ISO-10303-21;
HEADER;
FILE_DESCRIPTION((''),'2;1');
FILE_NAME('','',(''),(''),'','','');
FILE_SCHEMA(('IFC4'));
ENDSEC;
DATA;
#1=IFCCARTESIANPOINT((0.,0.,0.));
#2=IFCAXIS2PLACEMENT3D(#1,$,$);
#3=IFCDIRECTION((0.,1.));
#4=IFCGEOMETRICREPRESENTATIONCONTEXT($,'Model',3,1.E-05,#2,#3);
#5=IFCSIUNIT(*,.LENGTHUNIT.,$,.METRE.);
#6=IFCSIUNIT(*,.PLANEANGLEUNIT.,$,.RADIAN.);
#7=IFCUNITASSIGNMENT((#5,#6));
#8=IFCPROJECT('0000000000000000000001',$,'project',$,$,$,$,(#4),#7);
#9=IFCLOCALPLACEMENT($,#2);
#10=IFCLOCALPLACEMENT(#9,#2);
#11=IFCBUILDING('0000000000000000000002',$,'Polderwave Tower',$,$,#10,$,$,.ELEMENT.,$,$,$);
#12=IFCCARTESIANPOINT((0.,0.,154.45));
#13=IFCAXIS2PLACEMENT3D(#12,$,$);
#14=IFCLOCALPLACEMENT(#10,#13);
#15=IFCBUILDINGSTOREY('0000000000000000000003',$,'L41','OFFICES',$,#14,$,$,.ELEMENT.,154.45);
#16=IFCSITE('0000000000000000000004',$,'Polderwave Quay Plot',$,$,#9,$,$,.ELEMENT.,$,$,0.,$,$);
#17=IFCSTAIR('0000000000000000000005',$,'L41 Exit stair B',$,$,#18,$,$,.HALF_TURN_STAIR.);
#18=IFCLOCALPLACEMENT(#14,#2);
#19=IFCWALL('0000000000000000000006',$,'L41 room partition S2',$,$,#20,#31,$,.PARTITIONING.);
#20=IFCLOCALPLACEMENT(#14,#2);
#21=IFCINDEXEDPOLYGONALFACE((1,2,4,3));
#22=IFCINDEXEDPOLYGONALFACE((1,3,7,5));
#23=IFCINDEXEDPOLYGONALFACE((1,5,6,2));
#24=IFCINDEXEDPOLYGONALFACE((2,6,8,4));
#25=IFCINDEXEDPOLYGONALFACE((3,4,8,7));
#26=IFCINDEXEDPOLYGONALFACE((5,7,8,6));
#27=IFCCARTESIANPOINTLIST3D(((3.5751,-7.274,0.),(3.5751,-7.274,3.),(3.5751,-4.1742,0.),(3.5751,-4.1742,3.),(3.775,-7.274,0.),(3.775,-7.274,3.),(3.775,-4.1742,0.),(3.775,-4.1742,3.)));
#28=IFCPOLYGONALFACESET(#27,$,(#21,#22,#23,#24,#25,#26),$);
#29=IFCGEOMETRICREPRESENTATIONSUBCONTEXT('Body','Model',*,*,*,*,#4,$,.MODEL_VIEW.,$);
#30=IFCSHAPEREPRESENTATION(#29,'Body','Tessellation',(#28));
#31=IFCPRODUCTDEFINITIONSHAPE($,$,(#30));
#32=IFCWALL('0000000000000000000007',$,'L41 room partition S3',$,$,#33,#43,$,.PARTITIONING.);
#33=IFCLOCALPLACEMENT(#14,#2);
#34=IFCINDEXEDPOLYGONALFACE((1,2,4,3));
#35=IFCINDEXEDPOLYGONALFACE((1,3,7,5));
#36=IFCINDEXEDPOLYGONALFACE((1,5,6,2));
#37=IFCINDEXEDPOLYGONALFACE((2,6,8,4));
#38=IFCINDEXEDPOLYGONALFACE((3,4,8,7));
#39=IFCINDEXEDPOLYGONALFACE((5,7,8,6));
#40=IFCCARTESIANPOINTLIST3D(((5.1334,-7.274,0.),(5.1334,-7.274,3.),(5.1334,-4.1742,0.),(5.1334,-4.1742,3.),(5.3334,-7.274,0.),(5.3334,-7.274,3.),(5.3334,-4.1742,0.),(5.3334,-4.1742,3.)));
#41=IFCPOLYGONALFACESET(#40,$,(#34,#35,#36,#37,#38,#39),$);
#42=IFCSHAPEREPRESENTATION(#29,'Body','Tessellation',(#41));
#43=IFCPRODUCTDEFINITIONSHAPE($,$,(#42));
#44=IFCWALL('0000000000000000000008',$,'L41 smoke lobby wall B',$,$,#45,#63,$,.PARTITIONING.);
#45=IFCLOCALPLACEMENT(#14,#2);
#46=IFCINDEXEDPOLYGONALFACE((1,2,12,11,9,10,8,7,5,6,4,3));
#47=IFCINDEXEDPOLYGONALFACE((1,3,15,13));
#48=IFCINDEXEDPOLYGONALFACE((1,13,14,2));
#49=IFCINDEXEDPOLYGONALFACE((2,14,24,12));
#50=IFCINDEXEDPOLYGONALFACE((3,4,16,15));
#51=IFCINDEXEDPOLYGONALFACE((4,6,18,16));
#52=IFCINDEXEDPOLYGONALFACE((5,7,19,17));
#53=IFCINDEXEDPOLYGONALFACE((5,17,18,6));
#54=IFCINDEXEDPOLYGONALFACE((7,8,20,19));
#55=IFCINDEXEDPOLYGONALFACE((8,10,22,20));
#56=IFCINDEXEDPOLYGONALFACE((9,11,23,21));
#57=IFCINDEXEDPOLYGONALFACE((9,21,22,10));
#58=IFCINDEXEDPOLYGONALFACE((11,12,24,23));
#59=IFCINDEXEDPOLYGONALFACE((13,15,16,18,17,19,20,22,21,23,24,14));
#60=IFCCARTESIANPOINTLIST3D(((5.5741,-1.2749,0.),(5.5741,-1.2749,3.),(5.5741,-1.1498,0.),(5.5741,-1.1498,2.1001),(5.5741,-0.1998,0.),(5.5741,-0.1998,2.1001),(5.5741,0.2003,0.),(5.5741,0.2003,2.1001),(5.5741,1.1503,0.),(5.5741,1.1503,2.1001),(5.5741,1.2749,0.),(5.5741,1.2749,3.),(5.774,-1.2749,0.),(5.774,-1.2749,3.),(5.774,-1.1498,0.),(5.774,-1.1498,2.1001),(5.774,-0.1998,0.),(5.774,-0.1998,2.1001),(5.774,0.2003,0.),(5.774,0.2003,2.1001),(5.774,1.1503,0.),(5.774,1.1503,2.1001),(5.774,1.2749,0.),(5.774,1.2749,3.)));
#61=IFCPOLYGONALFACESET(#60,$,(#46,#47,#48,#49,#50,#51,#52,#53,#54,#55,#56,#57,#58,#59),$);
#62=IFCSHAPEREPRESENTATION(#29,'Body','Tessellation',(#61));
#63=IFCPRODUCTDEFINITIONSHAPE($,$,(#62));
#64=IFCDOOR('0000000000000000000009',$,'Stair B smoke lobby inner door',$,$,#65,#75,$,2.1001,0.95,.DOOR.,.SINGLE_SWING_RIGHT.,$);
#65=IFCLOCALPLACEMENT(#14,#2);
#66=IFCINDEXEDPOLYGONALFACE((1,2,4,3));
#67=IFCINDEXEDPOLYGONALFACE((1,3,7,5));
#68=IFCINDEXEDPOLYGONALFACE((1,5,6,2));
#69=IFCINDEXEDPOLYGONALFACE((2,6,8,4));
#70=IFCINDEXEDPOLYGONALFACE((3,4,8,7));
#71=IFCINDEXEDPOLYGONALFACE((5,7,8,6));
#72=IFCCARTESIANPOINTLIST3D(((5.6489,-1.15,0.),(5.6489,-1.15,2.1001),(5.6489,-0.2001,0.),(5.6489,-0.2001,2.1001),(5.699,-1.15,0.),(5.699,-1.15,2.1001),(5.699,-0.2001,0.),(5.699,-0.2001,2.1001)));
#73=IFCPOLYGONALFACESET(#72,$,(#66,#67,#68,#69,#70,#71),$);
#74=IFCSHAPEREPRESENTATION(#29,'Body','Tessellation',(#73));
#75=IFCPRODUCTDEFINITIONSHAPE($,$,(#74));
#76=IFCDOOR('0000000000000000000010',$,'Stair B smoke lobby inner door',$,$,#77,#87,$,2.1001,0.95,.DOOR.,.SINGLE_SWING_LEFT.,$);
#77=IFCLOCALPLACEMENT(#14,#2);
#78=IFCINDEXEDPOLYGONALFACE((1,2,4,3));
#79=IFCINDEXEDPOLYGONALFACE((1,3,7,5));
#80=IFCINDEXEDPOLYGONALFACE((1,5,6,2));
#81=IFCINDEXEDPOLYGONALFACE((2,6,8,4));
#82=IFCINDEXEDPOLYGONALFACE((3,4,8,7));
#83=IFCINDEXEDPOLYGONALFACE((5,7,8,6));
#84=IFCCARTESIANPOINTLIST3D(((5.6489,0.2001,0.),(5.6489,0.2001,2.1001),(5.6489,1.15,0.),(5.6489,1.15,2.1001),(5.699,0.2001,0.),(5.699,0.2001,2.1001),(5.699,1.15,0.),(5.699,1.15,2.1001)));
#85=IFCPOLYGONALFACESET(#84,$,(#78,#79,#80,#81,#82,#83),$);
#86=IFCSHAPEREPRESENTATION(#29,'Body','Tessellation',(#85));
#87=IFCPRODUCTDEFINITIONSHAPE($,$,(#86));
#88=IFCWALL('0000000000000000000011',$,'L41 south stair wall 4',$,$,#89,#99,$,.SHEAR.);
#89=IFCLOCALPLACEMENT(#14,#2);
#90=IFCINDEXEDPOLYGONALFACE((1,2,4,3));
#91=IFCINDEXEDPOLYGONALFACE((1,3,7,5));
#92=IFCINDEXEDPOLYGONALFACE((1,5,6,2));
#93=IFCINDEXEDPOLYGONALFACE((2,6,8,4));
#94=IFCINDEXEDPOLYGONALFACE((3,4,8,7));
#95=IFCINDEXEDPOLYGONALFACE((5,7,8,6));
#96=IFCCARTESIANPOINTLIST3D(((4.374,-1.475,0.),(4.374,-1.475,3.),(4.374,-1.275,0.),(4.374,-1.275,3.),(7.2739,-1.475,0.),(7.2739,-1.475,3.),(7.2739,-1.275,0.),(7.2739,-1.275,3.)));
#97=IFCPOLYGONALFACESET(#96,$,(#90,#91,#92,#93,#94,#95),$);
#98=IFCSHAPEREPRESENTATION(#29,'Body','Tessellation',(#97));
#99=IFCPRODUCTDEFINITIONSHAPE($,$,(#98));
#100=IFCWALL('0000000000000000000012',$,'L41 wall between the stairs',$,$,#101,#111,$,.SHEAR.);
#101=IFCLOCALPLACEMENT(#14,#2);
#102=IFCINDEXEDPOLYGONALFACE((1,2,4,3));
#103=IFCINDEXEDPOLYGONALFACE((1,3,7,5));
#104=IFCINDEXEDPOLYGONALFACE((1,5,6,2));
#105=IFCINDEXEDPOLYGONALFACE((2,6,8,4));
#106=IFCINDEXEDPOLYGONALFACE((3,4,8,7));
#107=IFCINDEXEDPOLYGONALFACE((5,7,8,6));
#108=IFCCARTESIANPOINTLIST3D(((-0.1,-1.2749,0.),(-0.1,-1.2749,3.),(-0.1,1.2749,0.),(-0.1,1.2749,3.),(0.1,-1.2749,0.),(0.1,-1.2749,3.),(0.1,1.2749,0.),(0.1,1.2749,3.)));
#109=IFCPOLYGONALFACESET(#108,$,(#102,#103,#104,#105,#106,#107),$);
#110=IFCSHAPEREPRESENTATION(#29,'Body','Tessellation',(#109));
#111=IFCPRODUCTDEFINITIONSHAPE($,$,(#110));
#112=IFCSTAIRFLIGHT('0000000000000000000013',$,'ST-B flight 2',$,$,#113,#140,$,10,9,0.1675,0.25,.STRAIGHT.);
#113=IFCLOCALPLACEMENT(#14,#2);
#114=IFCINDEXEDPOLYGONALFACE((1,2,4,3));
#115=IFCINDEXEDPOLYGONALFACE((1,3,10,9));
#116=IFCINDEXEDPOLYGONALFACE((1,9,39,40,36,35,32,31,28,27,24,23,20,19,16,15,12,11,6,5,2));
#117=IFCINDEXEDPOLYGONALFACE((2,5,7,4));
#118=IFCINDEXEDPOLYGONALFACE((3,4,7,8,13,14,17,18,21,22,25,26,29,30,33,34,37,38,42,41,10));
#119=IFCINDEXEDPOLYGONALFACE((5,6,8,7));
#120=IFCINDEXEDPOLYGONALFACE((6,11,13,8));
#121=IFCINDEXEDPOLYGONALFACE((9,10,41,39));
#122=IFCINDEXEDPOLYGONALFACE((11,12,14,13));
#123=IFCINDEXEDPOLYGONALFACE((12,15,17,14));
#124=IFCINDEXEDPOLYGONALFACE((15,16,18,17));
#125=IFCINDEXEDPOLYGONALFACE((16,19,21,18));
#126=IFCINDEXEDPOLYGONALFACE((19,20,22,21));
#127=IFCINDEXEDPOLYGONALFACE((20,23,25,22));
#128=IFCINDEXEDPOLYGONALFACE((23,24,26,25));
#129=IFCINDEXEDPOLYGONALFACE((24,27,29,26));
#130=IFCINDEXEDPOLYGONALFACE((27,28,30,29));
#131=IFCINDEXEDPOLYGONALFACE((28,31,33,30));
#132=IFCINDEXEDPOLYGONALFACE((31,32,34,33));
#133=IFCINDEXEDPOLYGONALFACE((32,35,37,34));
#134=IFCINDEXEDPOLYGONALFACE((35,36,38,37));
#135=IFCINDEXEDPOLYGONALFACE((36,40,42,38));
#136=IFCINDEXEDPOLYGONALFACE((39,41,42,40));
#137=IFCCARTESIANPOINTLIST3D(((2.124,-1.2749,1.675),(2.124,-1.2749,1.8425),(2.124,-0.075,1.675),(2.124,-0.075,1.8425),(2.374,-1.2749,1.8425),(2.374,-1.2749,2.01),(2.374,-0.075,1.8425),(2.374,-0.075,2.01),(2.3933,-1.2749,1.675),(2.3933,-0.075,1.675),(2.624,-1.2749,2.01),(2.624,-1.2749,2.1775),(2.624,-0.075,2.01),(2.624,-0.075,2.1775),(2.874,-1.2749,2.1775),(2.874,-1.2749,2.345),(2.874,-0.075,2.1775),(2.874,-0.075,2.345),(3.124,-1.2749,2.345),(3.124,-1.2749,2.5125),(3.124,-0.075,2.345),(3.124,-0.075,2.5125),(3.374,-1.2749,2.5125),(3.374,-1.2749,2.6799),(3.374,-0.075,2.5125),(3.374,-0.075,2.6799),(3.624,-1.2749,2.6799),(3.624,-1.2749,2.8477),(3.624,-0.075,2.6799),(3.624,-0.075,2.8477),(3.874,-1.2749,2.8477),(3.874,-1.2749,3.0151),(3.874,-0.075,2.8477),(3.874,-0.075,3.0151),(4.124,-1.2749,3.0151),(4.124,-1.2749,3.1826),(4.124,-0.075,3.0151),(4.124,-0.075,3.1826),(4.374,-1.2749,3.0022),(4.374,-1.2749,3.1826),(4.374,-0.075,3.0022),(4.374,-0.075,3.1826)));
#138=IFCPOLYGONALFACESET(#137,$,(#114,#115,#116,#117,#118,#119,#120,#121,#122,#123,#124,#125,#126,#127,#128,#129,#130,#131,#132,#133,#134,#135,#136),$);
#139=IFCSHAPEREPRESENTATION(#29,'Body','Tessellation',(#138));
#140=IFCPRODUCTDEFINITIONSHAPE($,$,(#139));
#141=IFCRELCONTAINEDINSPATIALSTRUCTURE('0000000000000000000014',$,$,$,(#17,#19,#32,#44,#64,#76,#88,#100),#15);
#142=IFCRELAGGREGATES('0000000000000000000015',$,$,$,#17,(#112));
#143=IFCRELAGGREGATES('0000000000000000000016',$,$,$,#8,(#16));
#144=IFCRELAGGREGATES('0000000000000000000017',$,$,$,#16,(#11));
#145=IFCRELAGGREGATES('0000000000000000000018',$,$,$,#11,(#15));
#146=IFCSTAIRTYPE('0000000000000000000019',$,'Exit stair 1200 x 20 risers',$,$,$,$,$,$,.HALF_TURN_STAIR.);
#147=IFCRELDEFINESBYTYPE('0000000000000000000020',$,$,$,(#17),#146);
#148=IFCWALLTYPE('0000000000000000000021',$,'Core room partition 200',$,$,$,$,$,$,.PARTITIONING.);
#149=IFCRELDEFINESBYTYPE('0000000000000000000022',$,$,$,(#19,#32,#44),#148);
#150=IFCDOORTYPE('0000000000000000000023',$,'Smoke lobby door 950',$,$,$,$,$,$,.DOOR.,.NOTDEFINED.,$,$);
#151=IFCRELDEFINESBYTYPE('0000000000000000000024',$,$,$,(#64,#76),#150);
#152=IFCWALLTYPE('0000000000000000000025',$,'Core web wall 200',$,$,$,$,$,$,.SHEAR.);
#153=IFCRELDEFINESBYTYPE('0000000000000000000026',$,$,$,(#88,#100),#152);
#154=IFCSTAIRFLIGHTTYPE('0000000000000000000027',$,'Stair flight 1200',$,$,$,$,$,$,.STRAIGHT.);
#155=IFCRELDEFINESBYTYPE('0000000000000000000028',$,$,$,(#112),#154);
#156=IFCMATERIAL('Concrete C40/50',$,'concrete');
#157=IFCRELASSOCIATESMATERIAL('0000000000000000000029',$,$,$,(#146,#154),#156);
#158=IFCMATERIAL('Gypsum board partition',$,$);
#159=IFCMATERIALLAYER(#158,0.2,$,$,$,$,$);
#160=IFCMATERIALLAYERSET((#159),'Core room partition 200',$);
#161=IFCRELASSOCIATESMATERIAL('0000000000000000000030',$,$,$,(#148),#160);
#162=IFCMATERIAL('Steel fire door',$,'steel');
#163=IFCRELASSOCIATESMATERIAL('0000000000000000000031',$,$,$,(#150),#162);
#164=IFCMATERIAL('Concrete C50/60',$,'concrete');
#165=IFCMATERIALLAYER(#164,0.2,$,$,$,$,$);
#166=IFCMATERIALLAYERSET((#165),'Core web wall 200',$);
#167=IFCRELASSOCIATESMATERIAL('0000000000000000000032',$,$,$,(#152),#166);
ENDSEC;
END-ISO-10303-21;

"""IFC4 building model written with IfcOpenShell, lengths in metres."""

from ifc_helpers import new_model, si_unit, direction, frame, frame_2d, origin, place, context, subcontext, project, spatial, polyline, rectangle, outline, extrude, material, layer, layer_set, type_object, element, fill, aggregate, save


model = new_model("IFC4")

# Units and contexts
model_context = context("Model", 3, precision=1e-05, world=origin(), true_north=direction((0.0, 1.0)))
body_context = subcontext(model_context, "Body", "Model", "MODEL_VIEW")
ifc_project = project(units=[si_unit("LENGTHUNIT", "METRE"), si_unit("PLANEANGLEUNIT", "RADIAN")], contexts=[model_context])

# Site, building, storey
site_placement = place(None, origin())
site = spatial("IfcSite", under=ifc_project, at=site_placement, Name="Polderwave Quay Plot", CompositionType="ELEMENT", RefElevation=0.0)
building_placement = place(site_placement, origin())
building = spatial("IfcBuilding", under=site, at=building_placement, Name="Polderwave Tower", CompositionType="ELEMENT")
storey_placement = place(building_placement, frame((0.0, 0.0, 154.45)))
storey = spatial("IfcBuildingStorey", under=building, at=storey_placement, Name="L41", Description="OFFICES", CompositionType="ELEMENT", Elevation=154.45)

# Shared definitions
ifc_material_1 = material(Name="Concrete C40/50", Category="concrete")

# Stair
stair_type = type_object("IfcStairType", Name="Exit stair 1200 x 20 risers", PredefinedType="HALF_TURN_STAIR", material=ifc_material_1)
stair_1_placement = place(storey_placement, origin())
stair_1 = element("IfcStair", 1, at=stair_1_placement, inside=storey, type_object=stair_type, Name="L41 Exit stair B", PredefinedType="HALF_TURN_STAIR")

# Walls
ifc_material_2 = material(Name="Gypsum board partition")
ifc_layer_1 = layer(ifc_material_2, 0.2)
ifc_layer_set_1 = layer_set([ifc_layer_1], Name="Core room partition 200")
wall_type_1 = type_object("IfcWallType", Name="Core room partition 200", PredefinedType="PARTITIONING", material=ifc_layer_set_1)
for number, where, z_axis, x_axis, name in (
    (2, (3.675, -7.2739, 0.0), (0.0, 0.0, 1.0), (0.0, 1.0, 0.0), "L41 room partition S2"),
    (3, (5.2334, -7.2739, 0.0), (0.0, 0.0, 1.0), (0.0, 1.0, 0.0), "L41 room partition S3"),
):
    element("IfcWall", number, at=place(storey_placement, frame(where, z_axis=z_axis, x_axis=x_axis)), inside=storey, type_object=wall_type_1, Name=name, PredefinedType="PARTITIONING", context=body_context, shape_type="SweptSolid", body=[
        extrude(rectangle(XDim=3.0999, YDim=0.2, at=frame_2d((1.5498, 0.0))), origin(), (0.0, 0.0, 1.0), 3.0),
    ])

# Wall, openings, doors
wall_1_placement = place(storey_placement, frame((5.6741, -1.2749, 0.0), z_axis=(0.0, 0.0, 1.0), x_axis=(0.0, 1.0, 0.0)))
wall_1 = element("IfcWall", 4, at=wall_1_placement, inside=storey, type_object=wall_type_1, Name="L41 smoke lobby wall B", PredefinedType="PARTITIONING", context=body_context, shape_type="SweptSolid", body=[
    extrude(rectangle(XDim=2.5498, YDim=0.2, at=frame_2d((1.2749, 0.0))), origin(), (0.0, 0.0, 1.0), 3.0),
])
opening_1_placement = place(wall_1_placement, frame((0.125, 0.0, 0.0)))
opening_1 = element("IfcOpeningElement", 5, at=opening_1_placement, cuts=wall_1, PredefinedType="OPENING", context=body_context, shape_type="SweptSolid", body=[
    extrude(rectangle(XDim=0.95, YDim=2.1001, at=frame_2d((0.4751, 1.05))), frame((0.0, 0.1099, 0.0), z_axis=(0.0, -1.0, 0.0), x_axis=(1.0, 0.0, 0.0)), (0.0, 0.0, 1.0), 0.22),
])
opening_2_placement = place(wall_1_placement, frame((1.4751, 0.0, 0.0)))
opening_2 = element("IfcOpeningElement", 6, at=opening_2_placement, cuts=wall_1, PredefinedType="OPENING", context=body_context, shape_type="SweptSolid", body=[
    extrude(rectangle(XDim=0.95, YDim=2.1001, at=frame_2d((0.4751, 1.05))), frame((0.0, 0.1099, 0.0), z_axis=(0.0, -1.0, 0.0), x_axis=(1.0, 0.0, 0.0)), (0.0, 0.0, 1.0), 0.22),
])
ifc_material_3 = material(Name="Steel fire door", Category="steel")
door_type = type_object("IfcDoorType", Name="Smoke lobby door 950", OperationType="NOTDEFINED", PredefinedType="DOOR", material=ifc_material_3)
door_1_placement = place(opening_1_placement, frame((0.95, 0.0, 0.0), z_axis=(0.0, 0.0, 1.0), x_axis=(-1.0, 0.0, 0.0)))
door_1 = element("IfcDoor", 7, at=door_1_placement, inside=storey, type_object=door_type, Name="Stair B smoke lobby inner door", OperationType="SINGLE_SWING_RIGHT", OverallHeight=2.1001, OverallWidth=0.95, PredefinedType="DOOR", context=body_context, shape_type="SweptSolid", body=[
    extrude(rectangle(XDim=0.95, YDim=2.1001, at=frame_2d((0.4751, 1.05))), frame((0.0, 0.0249, 0.0), z_axis=(0.0, -1.0, 0.0), x_axis=(1.0, 0.0, 0.0)), (0.0, 0.0, 1.0), 0.05),
])
fill(opening_1, door_1)
door_2_placement = place(opening_2_placement, frame((0.95, 0.0, 0.0), z_axis=(0.0, 0.0, 1.0), x_axis=(-1.0, 0.0, 0.0)))
door_2 = element("IfcDoor", 8, at=door_2_placement, inside=storey, type_object=door_type, Name="Stair B smoke lobby inner door", OperationType="SINGLE_SWING_LEFT", OverallHeight=2.1001, OverallWidth=0.95, PredefinedType="DOOR", context=body_context, shape_type="SweptSolid", body=[
    extrude(rectangle(XDim=0.95, YDim=2.1001, at=frame_2d((0.4751, 1.05))), frame((0.0, 0.0249, 0.0), z_axis=(0.0, -1.0, 0.0), x_axis=(1.0, 0.0, 0.0)), (0.0, 0.0, 1.0), 0.05),
])
fill(opening_2, door_2)

# Walls
ifc_material_4 = material(Name="Concrete C50/60", Category="concrete")
ifc_layer_2 = layer(ifc_material_4, 0.2)
ifc_layer_set_2 = layer_set([ifc_layer_2], Name="Core web wall 200")
wall_type_2 = type_object("IfcWallType", Name="Core web wall 200", PredefinedType="SHEAR", material=ifc_layer_set_2)
wall_2_placement = place(storey_placement, frame((4.374, -1.375, 0.0), z_axis=(0.0, 0.0, 1.0), x_axis=(1.0, 0.0, 0.0)))
element("IfcWall", 9, at=wall_2_placement, inside=storey, type_object=wall_type_2, Name="L41 south stair wall 4", PredefinedType="SHEAR", context=body_context, shape_type="SweptSolid", body=[
    extrude(rectangle(XDim=2.8999, YDim=0.2, at=frame_2d((1.45, 0.0))), origin(), (0.0, 0.0, 1.0), 3.0),
])
wall_3_placement = place(storey_placement, frame((0.0, -1.2749, 0.0), z_axis=(0.0, 0.0, 1.0), x_axis=(0.0, 1.0, 0.0)))
element("IfcWall", 10, at=wall_3_placement, inside=storey, type_object=wall_type_2, Name="L41 wall between the stairs", PredefinedType="SHEAR", context=body_context, shape_type="SweptSolid", body=[
    extrude(rectangle(XDim=2.5498, YDim=0.2, at=frame_2d((1.2749, 0.0))), origin(), (0.0, 0.0, 1.0), 3.0),
])

# Stair flight
stair_flight_type = type_object("IfcStairFlightType", Name="Stair flight 1200", PredefinedType="STRAIGHT", material=ifc_material_1)
stair_flight_placement = place(storey_placement, frame((2.124, -0.675, 1.675), z_axis=(0.0, 0.0, 1.0), x_axis=(1.0, 0.0, 0.0)))
stair_flight = element("IfcStairFlight", 11, at=stair_flight_placement, type_object=stair_flight_type, Name="ST-B flight 2", NumberOfRisers=10, NumberOfTreads=9, PredefinedType="STRAIGHT", RiserHeight=0.1675, TreadLength=0.25, context=body_context, shape_type="SweptSolid", body=[
    extrude(outline(polyline([(0.0, 0.0), (0.0, 0.1675), (0.25, 0.1675), (0.25, 0.335), (0.5, 0.335), (0.5, 0.5024), (0.75, 0.5024), (0.75, 0.6699), (1.0, 0.6699), (1.0, 0.8374), (1.25, 0.8374), (1.25, 1.0049), (1.5, 1.0049), (1.5, 1.1726), (1.75, 1.1726), (1.75, 1.3401), (2.0, 1.3401), (2.0, 1.5076), (2.25, 1.5076), (2.25, 1.675), (2.25, 1.3271), (0.2693, 0.0), (0.0, 0.0)])), frame((0.0, 0.6001, 0.0), z_axis=(0.0, -1.0, 0.0), x_axis=(1.0, 0.0, 0.0)), (0.0, 0.0, 1.0), 1.2),
])
aggregate(stair_1, [stair_flight])

save(model, "model.ifc")
